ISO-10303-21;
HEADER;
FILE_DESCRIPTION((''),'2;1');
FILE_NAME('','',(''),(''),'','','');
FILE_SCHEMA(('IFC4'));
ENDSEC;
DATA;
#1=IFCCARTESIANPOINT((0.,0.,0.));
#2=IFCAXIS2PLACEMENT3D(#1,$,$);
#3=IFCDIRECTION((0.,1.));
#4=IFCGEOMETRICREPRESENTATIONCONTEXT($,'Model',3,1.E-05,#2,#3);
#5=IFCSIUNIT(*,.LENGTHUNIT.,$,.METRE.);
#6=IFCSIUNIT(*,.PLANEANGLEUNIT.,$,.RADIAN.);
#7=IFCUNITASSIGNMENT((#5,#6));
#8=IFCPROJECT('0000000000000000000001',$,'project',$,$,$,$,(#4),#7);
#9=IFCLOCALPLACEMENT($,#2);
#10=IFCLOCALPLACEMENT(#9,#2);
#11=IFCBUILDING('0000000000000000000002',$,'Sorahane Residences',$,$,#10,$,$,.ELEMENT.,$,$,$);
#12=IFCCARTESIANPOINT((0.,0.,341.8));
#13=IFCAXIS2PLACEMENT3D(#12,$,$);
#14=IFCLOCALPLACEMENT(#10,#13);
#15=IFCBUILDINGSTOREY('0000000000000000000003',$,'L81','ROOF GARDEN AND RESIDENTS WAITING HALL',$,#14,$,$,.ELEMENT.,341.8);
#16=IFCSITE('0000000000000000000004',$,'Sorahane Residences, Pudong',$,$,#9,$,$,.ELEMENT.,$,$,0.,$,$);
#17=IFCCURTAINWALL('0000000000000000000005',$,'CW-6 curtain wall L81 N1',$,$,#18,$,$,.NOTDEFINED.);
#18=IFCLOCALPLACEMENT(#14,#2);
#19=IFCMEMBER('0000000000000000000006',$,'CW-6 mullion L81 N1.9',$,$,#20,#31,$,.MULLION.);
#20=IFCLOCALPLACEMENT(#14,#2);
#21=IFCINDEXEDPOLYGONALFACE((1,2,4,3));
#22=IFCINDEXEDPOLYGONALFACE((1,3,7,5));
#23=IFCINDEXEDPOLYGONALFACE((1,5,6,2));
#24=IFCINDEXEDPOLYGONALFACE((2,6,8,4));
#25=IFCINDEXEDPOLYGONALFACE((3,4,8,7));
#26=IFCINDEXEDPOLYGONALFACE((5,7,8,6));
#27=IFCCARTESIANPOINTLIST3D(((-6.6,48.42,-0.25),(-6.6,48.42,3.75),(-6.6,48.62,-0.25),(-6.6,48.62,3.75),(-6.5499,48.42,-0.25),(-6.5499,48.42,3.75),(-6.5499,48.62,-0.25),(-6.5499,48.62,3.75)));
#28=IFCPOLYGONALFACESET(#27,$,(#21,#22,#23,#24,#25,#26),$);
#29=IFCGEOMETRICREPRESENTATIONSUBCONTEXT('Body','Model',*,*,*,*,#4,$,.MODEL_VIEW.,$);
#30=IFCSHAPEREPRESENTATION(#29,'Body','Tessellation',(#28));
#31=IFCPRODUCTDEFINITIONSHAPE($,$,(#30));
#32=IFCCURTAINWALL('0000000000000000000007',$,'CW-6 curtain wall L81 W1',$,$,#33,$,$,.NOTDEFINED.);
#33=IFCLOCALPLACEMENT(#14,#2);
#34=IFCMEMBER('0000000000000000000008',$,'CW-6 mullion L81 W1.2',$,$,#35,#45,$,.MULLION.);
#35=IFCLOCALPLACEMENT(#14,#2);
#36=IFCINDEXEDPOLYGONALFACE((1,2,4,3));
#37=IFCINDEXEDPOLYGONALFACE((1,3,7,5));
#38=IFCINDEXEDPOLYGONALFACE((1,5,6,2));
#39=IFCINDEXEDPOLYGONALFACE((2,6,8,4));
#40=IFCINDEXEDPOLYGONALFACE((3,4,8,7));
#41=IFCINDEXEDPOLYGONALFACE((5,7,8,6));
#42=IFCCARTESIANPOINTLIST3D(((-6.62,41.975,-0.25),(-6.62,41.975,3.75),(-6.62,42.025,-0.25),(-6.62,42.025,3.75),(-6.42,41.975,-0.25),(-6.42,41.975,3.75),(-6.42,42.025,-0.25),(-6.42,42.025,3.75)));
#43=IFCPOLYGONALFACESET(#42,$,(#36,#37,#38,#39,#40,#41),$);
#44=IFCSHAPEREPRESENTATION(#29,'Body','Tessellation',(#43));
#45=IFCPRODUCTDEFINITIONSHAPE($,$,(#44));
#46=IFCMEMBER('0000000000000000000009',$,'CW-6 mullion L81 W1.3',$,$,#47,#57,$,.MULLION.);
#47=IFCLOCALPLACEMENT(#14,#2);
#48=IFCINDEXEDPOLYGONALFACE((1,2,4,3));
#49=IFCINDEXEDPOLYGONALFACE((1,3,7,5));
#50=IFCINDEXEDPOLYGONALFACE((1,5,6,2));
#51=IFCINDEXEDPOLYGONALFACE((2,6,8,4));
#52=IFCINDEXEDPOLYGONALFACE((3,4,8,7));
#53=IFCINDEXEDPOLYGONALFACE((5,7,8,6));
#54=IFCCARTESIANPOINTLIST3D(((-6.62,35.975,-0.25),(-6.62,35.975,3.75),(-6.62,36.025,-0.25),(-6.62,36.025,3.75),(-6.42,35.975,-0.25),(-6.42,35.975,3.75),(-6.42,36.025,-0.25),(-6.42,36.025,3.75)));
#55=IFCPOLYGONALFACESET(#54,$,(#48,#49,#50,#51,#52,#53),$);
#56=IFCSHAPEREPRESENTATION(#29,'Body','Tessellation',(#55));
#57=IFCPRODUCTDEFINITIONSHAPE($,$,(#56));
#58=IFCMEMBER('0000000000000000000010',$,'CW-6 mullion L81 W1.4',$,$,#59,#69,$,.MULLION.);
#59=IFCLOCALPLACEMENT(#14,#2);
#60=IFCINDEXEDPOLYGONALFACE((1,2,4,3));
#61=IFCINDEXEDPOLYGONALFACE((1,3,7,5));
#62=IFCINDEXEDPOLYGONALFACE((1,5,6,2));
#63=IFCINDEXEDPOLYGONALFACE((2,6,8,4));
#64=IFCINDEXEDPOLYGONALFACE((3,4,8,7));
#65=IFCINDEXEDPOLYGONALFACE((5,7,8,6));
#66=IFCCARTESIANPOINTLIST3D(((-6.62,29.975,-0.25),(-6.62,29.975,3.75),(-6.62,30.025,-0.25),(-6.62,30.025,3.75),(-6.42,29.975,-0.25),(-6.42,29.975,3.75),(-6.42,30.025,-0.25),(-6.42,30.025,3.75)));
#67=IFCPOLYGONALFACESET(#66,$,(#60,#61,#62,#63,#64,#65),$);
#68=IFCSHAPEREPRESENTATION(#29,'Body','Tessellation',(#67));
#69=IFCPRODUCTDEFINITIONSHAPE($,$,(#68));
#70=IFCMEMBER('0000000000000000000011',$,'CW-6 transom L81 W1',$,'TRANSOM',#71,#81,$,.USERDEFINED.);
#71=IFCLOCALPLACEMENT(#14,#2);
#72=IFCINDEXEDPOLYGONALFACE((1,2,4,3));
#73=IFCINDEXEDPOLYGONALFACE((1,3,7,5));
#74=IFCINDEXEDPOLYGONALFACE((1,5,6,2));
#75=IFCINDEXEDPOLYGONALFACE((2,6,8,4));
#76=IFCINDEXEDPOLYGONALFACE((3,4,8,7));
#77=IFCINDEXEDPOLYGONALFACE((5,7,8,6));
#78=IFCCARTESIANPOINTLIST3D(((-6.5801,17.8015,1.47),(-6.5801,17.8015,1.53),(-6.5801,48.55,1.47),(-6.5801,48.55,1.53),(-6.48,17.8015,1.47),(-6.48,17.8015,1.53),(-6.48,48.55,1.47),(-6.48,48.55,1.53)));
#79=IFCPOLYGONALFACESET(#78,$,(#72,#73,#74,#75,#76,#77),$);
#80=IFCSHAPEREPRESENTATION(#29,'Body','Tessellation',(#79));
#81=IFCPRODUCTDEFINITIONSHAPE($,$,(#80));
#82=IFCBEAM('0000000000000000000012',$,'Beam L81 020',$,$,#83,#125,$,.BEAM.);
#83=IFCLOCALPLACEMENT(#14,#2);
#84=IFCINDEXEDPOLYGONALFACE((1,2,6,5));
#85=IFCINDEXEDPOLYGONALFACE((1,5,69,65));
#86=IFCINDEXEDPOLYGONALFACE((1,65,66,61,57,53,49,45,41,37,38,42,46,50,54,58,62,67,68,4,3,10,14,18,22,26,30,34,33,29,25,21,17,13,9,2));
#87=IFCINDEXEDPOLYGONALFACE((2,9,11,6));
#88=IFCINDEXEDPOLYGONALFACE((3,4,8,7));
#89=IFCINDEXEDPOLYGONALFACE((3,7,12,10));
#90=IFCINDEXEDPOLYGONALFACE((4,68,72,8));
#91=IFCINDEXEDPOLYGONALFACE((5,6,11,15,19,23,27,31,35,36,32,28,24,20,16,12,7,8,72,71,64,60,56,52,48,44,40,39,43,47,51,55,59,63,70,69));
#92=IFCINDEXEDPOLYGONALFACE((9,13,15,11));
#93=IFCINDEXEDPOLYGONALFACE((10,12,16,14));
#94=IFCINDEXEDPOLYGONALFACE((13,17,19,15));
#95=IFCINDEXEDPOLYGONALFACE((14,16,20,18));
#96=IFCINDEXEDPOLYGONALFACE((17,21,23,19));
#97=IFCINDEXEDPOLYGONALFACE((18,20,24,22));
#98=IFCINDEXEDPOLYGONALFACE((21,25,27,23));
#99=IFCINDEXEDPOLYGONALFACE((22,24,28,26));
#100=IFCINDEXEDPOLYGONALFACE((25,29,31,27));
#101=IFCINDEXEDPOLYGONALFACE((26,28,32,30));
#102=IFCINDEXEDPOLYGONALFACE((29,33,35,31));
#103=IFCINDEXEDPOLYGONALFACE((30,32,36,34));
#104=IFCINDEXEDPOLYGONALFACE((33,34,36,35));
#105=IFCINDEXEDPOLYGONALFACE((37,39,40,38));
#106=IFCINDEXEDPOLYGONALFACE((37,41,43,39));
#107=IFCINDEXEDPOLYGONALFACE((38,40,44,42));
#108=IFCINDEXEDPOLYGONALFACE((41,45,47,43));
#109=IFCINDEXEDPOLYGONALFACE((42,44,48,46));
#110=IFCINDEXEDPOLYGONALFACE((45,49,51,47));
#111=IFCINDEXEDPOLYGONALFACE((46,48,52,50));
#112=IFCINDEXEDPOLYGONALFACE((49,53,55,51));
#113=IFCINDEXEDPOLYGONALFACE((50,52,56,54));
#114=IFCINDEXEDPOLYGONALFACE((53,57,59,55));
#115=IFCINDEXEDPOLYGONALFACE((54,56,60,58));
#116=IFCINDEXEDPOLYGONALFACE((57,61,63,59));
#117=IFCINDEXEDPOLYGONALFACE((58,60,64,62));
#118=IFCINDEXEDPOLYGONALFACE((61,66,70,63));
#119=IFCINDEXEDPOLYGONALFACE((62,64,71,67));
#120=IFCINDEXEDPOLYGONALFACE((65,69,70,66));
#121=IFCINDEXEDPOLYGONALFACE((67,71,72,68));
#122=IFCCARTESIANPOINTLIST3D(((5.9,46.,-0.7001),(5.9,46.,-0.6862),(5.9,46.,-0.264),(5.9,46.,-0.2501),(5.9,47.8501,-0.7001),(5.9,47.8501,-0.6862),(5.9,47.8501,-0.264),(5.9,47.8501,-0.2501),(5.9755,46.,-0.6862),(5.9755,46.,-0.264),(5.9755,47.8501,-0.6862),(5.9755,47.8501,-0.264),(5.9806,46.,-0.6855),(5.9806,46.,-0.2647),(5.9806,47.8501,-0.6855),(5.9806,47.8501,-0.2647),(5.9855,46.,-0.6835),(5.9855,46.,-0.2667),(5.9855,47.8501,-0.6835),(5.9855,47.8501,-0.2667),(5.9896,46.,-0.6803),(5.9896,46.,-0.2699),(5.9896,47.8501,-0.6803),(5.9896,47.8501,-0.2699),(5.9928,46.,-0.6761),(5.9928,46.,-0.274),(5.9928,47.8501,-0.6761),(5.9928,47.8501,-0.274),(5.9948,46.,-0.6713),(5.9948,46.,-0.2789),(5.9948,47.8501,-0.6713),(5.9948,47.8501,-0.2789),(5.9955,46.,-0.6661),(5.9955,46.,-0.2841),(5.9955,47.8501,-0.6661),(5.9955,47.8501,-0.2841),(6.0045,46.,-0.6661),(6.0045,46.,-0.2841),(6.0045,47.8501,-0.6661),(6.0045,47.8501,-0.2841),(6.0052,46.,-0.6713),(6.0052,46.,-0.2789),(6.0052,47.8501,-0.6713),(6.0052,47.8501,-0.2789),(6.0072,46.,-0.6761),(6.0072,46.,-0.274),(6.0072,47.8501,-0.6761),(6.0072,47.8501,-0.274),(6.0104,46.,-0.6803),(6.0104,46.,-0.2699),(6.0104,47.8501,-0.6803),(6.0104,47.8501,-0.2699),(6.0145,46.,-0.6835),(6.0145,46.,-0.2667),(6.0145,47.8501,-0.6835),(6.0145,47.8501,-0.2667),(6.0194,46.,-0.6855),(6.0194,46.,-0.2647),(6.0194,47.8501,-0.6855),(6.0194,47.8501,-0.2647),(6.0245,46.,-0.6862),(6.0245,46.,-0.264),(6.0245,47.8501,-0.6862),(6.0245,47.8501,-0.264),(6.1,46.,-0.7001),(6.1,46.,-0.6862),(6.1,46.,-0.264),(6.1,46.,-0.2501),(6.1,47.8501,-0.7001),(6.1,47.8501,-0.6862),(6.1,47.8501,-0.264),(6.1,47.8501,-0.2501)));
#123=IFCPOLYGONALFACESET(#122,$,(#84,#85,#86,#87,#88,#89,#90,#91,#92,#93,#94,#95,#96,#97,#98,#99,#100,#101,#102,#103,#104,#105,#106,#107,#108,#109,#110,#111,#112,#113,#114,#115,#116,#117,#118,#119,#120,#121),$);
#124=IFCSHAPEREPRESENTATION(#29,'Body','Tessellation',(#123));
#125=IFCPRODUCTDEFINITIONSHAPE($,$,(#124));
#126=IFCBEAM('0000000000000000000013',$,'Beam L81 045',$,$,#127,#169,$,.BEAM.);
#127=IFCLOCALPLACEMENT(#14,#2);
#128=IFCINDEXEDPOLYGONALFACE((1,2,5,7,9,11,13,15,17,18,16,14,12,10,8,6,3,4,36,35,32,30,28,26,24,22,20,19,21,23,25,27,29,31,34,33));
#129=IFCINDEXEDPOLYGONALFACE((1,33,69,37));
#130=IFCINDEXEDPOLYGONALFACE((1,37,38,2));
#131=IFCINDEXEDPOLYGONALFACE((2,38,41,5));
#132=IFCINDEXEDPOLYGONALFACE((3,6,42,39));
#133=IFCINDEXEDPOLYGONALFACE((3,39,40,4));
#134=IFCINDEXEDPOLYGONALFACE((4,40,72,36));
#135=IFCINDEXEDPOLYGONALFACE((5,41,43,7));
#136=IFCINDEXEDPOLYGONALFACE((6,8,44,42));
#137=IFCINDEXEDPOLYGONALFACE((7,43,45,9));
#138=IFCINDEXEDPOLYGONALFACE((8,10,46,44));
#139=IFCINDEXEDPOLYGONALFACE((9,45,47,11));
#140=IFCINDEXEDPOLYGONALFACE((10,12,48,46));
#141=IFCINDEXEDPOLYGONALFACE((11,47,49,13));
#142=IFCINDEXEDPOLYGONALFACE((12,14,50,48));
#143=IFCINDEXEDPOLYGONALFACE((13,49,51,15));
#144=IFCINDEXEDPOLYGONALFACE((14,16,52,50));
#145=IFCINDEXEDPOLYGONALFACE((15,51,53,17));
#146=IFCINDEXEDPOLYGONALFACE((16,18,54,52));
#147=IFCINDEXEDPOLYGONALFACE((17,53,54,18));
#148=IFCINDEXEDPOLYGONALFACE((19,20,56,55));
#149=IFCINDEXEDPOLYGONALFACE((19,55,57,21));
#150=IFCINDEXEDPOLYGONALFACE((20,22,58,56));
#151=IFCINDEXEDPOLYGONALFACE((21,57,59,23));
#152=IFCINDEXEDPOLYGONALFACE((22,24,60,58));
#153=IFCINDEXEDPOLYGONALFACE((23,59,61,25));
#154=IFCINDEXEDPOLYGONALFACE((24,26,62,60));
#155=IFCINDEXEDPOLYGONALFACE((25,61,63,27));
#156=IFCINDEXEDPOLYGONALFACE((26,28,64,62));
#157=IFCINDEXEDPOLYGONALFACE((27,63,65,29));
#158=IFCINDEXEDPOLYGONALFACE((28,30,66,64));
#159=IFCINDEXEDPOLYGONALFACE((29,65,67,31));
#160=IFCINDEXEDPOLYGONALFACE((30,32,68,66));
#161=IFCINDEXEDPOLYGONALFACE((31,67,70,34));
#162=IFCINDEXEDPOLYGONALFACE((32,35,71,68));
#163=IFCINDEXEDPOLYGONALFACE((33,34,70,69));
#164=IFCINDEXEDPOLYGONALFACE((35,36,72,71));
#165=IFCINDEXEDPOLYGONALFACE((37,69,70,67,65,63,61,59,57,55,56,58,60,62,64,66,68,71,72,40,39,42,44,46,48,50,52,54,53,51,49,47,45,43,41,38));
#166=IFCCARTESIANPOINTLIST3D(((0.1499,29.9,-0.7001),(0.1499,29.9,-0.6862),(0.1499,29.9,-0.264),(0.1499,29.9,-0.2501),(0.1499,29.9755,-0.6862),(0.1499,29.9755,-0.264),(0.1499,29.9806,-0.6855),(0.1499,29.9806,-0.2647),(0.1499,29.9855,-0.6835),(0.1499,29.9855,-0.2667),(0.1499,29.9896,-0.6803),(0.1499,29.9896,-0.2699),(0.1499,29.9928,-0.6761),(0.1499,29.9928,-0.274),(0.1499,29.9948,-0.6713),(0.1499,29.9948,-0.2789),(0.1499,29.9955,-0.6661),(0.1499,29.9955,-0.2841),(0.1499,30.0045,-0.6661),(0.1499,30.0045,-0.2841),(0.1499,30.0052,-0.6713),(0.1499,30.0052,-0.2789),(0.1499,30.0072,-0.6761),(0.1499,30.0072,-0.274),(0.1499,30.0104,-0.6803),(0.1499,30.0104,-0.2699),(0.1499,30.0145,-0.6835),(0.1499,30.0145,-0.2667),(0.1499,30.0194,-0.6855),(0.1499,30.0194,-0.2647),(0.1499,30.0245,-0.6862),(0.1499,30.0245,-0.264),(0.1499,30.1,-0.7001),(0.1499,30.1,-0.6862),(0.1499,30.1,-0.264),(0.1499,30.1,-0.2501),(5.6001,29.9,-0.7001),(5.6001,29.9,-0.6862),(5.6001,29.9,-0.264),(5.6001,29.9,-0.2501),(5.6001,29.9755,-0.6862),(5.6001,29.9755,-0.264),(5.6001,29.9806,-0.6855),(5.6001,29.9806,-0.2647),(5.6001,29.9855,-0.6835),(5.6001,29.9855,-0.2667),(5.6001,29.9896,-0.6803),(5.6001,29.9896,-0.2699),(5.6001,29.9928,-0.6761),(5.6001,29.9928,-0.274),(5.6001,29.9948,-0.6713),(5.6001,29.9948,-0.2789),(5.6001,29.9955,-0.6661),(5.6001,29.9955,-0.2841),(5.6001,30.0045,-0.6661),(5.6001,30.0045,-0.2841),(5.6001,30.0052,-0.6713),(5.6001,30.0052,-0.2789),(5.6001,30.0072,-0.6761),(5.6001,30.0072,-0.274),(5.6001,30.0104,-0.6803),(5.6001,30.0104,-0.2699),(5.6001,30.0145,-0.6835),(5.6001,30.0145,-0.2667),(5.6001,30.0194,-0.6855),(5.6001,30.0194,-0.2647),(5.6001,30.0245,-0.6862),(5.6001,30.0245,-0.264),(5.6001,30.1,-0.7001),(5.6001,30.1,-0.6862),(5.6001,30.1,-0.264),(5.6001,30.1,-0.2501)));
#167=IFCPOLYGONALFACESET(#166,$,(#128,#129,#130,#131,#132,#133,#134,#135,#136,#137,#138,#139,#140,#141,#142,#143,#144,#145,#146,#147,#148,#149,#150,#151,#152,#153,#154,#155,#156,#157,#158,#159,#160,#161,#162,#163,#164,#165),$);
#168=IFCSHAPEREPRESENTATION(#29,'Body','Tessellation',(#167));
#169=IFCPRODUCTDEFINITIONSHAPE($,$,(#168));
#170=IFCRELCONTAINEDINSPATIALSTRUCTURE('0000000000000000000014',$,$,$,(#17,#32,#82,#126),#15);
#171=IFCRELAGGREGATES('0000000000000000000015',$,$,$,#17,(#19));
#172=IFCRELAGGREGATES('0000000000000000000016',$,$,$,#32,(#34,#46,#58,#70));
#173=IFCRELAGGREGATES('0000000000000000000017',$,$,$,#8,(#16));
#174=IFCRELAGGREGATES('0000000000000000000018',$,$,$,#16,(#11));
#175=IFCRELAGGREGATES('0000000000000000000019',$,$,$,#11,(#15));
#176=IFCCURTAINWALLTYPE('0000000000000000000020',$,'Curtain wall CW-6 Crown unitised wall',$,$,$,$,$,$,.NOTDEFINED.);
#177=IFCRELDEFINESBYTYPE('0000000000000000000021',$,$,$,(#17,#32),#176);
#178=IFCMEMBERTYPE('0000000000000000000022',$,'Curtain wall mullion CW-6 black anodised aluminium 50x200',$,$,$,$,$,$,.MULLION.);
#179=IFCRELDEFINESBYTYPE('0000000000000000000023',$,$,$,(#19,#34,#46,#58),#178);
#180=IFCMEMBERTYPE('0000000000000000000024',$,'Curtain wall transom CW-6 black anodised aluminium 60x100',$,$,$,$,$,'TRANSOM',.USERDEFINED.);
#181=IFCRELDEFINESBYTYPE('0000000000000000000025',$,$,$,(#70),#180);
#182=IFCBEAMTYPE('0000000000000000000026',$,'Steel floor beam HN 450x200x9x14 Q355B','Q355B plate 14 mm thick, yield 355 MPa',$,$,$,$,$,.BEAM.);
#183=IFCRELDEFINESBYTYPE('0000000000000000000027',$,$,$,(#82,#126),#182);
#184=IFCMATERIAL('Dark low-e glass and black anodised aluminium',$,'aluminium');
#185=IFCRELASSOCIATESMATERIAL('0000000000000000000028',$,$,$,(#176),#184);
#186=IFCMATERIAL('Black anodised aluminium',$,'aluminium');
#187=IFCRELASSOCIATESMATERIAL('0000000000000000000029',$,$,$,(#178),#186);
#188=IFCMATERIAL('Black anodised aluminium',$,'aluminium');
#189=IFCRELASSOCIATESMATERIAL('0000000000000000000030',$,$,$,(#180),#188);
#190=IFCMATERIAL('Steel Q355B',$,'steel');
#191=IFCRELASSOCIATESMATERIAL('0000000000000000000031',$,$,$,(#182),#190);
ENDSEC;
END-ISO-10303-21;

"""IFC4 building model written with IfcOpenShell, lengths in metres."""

from ifc_helpers import new_model, si_unit, direction, frame, origin, origin_2d, place, context, subcontext, project, spatial, rectangle, i_section, extrude, material, material_profile, profile_set, type_object, element, aggregate, save


model = new_model("IFC4")

# Units and contexts
model_context = context("Model", 3, precision=1e-05, world=origin(), true_north=direction((0.0, 1.0)))
body_context = subcontext(model_context, "Body", "Model", "MODEL_VIEW")
ifc_project = project(units=[si_unit("LENGTHUNIT", "METRE"), si_unit("PLANEANGLEUNIT", "RADIAN")], contexts=[model_context])

# Site, building, storey
site_placement = place(None, origin())
site = spatial("IfcSite", under=ifc_project, at=site_placement, Name="Sorahane Residences, Pudong", CompositionType="ELEMENT", RefElevation=0.0)
building_placement = place(site_placement, origin())
building = spatial("IfcBuilding", under=site, at=building_placement, Name="Sorahane Residences", CompositionType="ELEMENT")
storey_placement = place(building_placement, frame((0.0, 0.0, 341.8)))
storey = spatial("IfcBuildingStorey", under=building, at=storey_placement, Name="L81", Description="ROOF GARDEN AND RESIDENTS WAITING HALL", CompositionType="ELEMENT", Elevation=341.8)

# Curtain walls, members
ifc_material_1 = material(Name="Dark low-e glass and black anodised aluminium", Category="aluminium")
curtain_wall_type = type_object("IfcCurtainWallType", Name="Curtain wall CW-6 Crown unitised wall", PredefinedType="NOTDEFINED", material=ifc_material_1)
curtain_wall_1_placement = place(storey_placement, origin())
curtain_wall_1 = element("IfcCurtainWall", 1, at=curtain_wall_1_placement, inside=storey, type_object=curtain_wall_type, Name="CW-6 curtain wall L81 N1", PredefinedType="NOTDEFINED")
ifc_material_2 = material(Name="Black anodised aluminium", Category="aluminium")
ifc_material_profile_1 = material_profile(ifc_material_2, rectangle(XDim=0.2, YDim=0.05, at=origin_2d()), Name="Curtain wall mullion CW-6 black anodised aluminium 50x200")
ifc_profile_set_1 = profile_set([ifc_material_profile_1], Name="Black anodised aluminium")
member_type_1 = type_object("IfcMemberType", Name="Curtain wall mullion CW-6 black anodised aluminium 50x200", PredefinedType="MULLION", material=ifc_profile_set_1)
member_1_placement = place(storey_placement, frame((-6.575, 48.52, -0.25), z_axis=(0.0, 0.0, 1.0), x_axis=(0.0, 1.0, 0.0)))
member_1 = element("IfcMember", 2, at=member_1_placement, type_object=member_type_1, Name="CW-6 mullion L81 N1.9", PredefinedType="MULLION", context=body_context, shape_type="SweptSolid", body=[
    extrude(rectangle(XDim=0.2, YDim=0.05, at=origin_2d()), origin(), (0.0, 0.0, 1.0), 4.0),
])
curtain_wall_2_placement = place(storey_placement, origin())
curtain_wall_2 = element("IfcCurtainWall", 3, at=curtain_wall_2_placement, inside=storey, type_object=curtain_wall_type, Name="CW-6 curtain wall L81 W1", PredefinedType="NOTDEFINED")
member_2_placement = place(storey_placement, frame((-6.52, 42.0, -0.25), z_axis=(0.0, 0.0, 1.0), x_axis=(-1.0, 0.0, 0.0)))
member_2 = element("IfcMember", 4, at=member_2_placement, type_object=member_type_1, Name="CW-6 mullion L81 W1.2", PredefinedType="MULLION", context=body_context, shape_type="SweptSolid", body=[
    extrude(rectangle(XDim=0.2, YDim=0.05, at=origin_2d()), origin(), (0.0, 0.0, 1.0), 4.0),
])
member_3_placement = place(storey_placement, frame((-6.52, 36.0, -0.25), z_axis=(0.0, 0.0, 1.0), x_axis=(-1.0, 0.0, 0.0)))
member_3 = element("IfcMember", 5, at=member_3_placement, type_object=member_type_1, Name="CW-6 mullion L81 W1.3", PredefinedType="MULLION", context=body_context, shape_type="SweptSolid", body=[
    extrude(rectangle(XDim=0.2, YDim=0.05, at=origin_2d()), origin(), (0.0, 0.0, 1.0), 4.0),
])
member_4_placement = place(storey_placement, frame((-6.52, 30.0, -0.25), z_axis=(0.0, 0.0, 1.0), x_axis=(-1.0, 0.0, 0.0)))
member_4 = element("IfcMember", 6, at=member_4_placement, type_object=member_type_1, Name="CW-6 mullion L81 W1.4", PredefinedType="MULLION", context=body_context, shape_type="SweptSolid", body=[
    extrude(rectangle(XDim=0.2, YDim=0.05, at=origin_2d()), origin(), (0.0, 0.0, 1.0), 4.0),
])
ifc_material_3 = material(Name="Black anodised aluminium", Category="aluminium")
ifc_material_profile_2 = material_profile(ifc_material_3, rectangle(XDim=0.1001, YDim=0.0601, at=origin_2d()), Name="Curtain wall transom CW-6 black anodised aluminium 60x100")
ifc_profile_set_2 = profile_set([ifc_material_profile_2], Name="Black anodised aluminium")
member_type_2 = type_object("IfcMemberType", Name="Curtain wall transom CW-6 black anodised aluminium 60x100", ElementType="TRANSOM", PredefinedType="USERDEFINED", material=ifc_profile_set_2)
member_5_placement = place(storey_placement, frame((-6.53, 48.55, 1.5), z_axis=(0.0, -1.0, 0.0), x_axis=(1.0, 0.0, 0.0)))
member_5 = element("IfcMember", 7, at=member_5_placement, type_object=member_type_2, Name="CW-6 transom L81 W1", ObjectType="TRANSOM", PredefinedType="USERDEFINED", context=body_context, shape_type="SweptSolid", body=[
    extrude(rectangle(XDim=0.1001, YDim=0.0601, at=origin_2d()), origin(), (0.0, 0.0, 1.0), 30.7485),
])

# Beams
ifc_material_4 = material(Name="Steel Q355B", Category="steel")
ifc_material_profile_3 = material_profile(ifc_material_4, i_section(OverallWidth=0.2, OverallDepth=0.45, WebThickness=0.009, FlangeThickness=0.0139, FilletRadius=0.02, at=origin_2d()), Name="HN 450x200x9x14")
ifc_profile_set_3 = profile_set([ifc_material_profile_3], Name="Steel Q355B")
beam_type_1 = type_object("IfcBeamType", Name="Steel floor beam HN 450x200x9x14 Q355B", Description="Q355B plate 14 mm thick, yield 355 MPa", PredefinedType="BEAM", material=ifc_profile_set_3)
beam_1_placement = place(storey_placement, frame((6.0, 46.0, -0.4751), z_axis=(0.0, 1.0, 0.0), x_axis=(-1.0, 0.0, 0.0)))
element("IfcBeam", 8, at=beam_1_placement, inside=storey, type_object=beam_type_1, Name="Beam L81 020", PredefinedType="BEAM", context=body_context, shape_type="SweptSolid", body=[
    extrude(i_section(OverallWidth=0.2, OverallDepth=0.45, WebThickness=0.009, FlangeThickness=0.0139, FilletRadius=0.02, at=origin_2d()), origin(), (0.0, 0.0, 1.0), 1.8501),
])
beam_2_placement = place(storey_placement, frame((0.1499, 30.0, -0.4751), z_axis=(1.0, 0.0, 0.0), x_axis=(0.0, 1.0, 0.0)))
element("IfcBeam", 9, at=beam_2_placement, inside=storey, type_object=beam_type_1, Name="Beam L81 045", PredefinedType="BEAM", context=body_context, shape_type="SweptSolid", body=[
    extrude(i_section(OverallWidth=0.2, OverallDepth=0.45, WebThickness=0.009, FlangeThickness=0.0139, FilletRadius=0.02, at=origin_2d()), origin(), (0.0, 0.0, 1.0), 5.4502),
])

aggregate(curtain_wall_1, [member_1])
aggregate(curtain_wall_2, [member_2, member_3, member_4, member_5])

save(model, "model.ifc")
